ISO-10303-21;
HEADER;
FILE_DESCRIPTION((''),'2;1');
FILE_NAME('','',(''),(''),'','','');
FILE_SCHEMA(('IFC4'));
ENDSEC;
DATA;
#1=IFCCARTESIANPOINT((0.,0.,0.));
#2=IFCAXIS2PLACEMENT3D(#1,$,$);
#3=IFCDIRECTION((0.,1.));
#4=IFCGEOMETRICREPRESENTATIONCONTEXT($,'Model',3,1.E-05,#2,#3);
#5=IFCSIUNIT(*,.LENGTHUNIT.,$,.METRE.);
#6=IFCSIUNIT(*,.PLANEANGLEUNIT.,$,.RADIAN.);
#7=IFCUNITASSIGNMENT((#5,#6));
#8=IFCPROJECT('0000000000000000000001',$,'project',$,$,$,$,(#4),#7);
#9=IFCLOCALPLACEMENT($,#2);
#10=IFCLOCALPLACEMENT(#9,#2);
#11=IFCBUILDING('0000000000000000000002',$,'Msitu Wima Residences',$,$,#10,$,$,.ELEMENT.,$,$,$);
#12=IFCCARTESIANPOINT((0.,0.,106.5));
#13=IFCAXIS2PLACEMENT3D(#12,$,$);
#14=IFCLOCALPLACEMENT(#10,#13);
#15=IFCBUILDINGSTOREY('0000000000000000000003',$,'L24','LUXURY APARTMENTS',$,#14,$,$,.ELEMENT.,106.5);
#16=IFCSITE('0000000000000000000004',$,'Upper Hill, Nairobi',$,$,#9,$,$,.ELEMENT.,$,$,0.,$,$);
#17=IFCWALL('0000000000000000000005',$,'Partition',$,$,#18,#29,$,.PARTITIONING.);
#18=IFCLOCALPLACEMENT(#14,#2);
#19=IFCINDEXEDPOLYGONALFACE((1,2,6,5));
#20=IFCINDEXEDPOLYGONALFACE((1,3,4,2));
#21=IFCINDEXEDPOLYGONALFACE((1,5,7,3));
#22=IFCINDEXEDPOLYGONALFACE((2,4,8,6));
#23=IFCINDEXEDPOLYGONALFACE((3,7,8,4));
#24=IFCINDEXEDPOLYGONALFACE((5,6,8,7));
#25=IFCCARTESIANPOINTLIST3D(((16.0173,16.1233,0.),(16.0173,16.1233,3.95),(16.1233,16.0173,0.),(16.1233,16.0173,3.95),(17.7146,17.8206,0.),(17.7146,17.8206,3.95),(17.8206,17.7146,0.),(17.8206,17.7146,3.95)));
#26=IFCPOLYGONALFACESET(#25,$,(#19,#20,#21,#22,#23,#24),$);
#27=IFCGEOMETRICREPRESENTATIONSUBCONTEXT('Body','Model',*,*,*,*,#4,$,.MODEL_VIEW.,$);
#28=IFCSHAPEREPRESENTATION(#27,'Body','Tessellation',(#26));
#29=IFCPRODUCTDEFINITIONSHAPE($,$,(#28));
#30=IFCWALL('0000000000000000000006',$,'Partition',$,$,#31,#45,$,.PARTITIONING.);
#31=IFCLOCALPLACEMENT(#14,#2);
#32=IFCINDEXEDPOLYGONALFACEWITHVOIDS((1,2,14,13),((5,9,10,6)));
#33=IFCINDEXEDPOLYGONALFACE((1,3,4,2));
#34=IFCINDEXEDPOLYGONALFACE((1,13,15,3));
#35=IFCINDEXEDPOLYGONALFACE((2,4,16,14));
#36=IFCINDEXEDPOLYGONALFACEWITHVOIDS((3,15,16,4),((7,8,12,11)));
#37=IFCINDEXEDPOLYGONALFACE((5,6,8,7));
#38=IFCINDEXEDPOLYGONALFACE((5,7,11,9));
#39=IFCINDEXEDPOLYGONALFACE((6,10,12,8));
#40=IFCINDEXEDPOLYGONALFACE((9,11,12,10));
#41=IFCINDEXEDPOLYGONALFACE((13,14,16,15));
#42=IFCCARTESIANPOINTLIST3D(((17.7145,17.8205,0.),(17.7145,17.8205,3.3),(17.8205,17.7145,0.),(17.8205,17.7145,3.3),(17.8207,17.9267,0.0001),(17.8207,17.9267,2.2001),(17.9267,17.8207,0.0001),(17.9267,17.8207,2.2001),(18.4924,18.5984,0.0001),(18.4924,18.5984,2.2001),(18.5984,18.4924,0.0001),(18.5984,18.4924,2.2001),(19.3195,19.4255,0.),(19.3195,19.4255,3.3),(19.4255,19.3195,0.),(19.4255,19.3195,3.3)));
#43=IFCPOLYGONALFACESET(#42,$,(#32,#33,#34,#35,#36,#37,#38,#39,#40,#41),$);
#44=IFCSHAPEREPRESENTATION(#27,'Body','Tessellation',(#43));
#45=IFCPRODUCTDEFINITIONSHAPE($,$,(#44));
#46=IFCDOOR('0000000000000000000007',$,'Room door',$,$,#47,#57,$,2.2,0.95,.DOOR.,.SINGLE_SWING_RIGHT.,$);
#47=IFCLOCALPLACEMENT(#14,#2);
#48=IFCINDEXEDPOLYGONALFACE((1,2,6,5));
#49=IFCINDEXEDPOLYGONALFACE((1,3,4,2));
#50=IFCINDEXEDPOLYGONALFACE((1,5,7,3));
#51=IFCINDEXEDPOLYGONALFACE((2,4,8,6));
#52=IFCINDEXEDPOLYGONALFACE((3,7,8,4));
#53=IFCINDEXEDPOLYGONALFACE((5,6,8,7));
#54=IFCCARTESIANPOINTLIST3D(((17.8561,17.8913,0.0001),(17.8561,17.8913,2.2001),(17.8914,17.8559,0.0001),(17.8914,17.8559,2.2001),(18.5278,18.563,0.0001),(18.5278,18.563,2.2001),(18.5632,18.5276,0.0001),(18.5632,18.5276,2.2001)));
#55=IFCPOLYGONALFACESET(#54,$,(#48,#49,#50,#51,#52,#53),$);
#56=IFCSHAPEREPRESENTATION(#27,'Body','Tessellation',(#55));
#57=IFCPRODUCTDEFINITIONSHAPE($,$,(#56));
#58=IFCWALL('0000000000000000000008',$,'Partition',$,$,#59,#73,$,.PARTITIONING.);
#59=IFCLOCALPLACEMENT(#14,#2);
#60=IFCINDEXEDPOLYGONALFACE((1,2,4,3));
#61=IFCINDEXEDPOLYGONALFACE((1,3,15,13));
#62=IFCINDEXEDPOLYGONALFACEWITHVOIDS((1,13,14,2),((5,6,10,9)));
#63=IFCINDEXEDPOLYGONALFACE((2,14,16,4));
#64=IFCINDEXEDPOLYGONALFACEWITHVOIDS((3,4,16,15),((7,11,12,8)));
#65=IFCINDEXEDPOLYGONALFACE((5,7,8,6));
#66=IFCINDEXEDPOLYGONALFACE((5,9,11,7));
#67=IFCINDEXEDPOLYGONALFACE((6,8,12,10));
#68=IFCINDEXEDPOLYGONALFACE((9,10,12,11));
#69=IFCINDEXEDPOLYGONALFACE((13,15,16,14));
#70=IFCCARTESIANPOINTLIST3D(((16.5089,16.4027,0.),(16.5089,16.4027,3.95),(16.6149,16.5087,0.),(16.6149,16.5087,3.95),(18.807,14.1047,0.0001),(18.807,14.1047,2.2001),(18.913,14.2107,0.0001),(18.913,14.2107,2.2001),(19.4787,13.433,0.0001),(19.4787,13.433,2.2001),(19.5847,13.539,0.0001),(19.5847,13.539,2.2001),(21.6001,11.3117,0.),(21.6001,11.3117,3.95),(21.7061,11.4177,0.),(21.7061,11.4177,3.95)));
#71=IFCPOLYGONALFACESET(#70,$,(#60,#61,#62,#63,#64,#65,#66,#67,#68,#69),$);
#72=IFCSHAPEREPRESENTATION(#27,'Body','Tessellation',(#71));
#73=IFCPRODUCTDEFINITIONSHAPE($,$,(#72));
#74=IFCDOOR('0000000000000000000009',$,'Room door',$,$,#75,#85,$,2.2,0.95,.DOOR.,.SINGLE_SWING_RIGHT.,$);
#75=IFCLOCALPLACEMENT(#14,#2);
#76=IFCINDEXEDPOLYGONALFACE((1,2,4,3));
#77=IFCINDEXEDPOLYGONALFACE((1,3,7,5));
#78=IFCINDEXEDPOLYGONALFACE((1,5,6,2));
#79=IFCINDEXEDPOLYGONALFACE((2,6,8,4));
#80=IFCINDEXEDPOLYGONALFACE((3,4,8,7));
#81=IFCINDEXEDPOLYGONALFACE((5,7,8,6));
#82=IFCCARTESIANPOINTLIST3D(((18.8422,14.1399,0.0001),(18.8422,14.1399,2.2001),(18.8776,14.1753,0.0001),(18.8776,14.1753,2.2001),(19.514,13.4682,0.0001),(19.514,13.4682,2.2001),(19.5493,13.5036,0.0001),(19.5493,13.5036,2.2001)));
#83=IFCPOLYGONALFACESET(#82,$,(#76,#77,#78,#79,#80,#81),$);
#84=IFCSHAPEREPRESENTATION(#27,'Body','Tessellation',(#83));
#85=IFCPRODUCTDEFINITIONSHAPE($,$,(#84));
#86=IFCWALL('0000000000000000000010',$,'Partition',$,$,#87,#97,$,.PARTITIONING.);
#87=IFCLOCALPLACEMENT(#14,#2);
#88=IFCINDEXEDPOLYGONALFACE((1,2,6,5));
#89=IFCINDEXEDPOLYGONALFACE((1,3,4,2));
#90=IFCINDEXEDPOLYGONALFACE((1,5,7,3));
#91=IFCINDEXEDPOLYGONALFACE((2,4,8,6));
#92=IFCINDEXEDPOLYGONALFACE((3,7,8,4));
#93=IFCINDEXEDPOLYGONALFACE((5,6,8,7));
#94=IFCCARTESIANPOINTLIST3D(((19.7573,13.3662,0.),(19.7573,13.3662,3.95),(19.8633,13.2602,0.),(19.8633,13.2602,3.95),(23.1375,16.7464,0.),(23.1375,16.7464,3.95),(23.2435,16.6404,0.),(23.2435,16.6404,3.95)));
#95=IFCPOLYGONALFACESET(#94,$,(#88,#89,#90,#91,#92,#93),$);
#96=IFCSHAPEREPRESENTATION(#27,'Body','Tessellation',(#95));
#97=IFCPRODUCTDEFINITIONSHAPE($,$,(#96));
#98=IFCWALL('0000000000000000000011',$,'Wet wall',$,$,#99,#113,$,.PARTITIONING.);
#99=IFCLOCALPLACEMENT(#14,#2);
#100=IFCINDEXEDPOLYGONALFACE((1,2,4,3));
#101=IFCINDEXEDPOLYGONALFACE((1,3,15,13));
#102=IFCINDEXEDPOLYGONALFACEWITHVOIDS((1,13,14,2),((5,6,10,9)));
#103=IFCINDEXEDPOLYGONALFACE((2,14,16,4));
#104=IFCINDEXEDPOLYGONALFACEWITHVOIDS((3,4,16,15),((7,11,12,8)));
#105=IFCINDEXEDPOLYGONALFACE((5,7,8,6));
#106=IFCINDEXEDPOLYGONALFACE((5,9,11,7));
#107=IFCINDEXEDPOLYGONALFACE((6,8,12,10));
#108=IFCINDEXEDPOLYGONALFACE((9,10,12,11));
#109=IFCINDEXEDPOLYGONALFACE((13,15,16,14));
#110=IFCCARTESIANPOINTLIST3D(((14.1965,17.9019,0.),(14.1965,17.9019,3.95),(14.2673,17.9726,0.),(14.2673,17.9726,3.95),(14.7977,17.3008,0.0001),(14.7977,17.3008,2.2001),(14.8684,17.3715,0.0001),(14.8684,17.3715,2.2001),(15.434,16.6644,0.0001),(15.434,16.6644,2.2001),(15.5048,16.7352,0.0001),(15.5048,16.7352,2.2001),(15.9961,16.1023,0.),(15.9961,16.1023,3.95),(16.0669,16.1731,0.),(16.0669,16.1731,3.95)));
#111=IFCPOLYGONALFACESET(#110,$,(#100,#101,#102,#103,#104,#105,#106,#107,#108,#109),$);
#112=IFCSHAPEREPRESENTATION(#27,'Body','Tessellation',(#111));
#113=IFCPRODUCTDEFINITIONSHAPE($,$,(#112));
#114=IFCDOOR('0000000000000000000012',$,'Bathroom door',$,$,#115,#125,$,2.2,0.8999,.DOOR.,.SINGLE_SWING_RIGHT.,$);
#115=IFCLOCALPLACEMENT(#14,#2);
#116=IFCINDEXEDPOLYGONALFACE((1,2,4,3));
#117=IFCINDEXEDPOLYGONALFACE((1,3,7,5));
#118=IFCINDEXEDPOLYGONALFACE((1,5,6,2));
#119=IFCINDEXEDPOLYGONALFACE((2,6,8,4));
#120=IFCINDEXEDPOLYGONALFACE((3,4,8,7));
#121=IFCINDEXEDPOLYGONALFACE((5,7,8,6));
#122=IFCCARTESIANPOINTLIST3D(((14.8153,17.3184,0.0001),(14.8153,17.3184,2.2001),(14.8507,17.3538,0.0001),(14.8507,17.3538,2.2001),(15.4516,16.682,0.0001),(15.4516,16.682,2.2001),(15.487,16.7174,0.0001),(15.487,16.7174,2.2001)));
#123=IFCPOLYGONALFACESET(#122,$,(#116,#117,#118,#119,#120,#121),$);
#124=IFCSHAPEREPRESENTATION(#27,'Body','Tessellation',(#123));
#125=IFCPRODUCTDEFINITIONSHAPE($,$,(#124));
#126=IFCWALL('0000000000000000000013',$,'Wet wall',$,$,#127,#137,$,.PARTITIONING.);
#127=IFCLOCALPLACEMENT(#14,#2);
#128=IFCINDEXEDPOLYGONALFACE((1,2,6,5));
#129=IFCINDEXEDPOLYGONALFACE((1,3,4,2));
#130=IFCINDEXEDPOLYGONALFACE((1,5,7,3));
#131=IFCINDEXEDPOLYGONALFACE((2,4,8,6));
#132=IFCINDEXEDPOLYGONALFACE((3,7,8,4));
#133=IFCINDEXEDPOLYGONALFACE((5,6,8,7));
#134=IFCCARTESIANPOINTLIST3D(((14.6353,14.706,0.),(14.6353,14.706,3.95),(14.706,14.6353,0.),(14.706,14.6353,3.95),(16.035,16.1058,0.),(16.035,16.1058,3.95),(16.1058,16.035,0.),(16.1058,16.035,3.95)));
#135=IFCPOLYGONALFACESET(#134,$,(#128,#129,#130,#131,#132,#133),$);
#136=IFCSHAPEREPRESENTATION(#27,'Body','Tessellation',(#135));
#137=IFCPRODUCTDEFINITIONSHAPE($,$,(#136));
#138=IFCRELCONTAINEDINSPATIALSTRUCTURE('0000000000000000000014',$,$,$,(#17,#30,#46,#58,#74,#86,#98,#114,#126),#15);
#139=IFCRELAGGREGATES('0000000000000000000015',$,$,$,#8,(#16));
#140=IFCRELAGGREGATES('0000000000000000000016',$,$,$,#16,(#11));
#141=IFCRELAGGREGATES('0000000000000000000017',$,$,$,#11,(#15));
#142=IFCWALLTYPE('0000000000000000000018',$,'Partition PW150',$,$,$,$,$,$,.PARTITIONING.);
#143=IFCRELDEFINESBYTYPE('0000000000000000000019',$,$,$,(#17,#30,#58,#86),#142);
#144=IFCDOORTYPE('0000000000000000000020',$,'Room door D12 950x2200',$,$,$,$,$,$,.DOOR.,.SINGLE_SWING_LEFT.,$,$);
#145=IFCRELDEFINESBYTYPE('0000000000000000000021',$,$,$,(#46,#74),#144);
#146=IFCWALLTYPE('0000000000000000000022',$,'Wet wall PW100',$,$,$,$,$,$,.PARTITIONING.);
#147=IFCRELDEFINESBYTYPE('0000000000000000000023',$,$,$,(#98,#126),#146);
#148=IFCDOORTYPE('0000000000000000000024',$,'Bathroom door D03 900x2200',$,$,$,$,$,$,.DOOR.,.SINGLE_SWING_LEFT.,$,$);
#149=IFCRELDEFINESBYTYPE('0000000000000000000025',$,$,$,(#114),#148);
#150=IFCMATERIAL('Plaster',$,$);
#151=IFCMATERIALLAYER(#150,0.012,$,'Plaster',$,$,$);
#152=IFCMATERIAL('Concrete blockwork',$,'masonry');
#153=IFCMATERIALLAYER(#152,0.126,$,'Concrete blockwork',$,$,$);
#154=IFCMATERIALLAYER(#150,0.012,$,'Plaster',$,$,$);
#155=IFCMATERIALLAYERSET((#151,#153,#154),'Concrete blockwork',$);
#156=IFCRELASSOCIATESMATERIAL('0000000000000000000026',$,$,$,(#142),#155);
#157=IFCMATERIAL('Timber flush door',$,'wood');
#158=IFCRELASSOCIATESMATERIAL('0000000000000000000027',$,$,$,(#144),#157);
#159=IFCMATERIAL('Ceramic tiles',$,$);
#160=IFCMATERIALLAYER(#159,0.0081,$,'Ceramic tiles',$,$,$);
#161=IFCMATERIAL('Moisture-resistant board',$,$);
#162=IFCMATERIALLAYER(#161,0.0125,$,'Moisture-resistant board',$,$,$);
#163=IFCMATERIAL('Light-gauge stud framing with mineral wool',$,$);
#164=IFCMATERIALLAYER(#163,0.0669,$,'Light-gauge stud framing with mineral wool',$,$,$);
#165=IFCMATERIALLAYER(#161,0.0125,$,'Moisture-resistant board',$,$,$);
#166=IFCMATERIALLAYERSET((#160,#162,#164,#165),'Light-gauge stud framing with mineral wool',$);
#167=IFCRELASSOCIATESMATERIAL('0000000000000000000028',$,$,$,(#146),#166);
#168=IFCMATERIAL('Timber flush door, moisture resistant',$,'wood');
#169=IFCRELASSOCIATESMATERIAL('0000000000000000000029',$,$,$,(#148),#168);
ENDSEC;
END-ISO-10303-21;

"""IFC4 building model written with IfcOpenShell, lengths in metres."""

from ifc_helpers import new_model, si_unit, direction, frame, frame_2d, origin, place, context, subcontext, project, spatial, rectangle, extrude, material, layer, layer_set, type_object, element, fill, save


model = new_model("IFC4")

# Units and contexts
model_context = context("Model", 3, precision=1e-05, world=origin(), true_north=direction((0.0, 1.0)))
body_context = subcontext(model_context, "Body", "Model", "MODEL_VIEW")
ifc_project = project(units=[si_unit("LENGTHUNIT", "METRE"), si_unit("PLANEANGLEUNIT", "RADIAN")], contexts=[model_context])

# Site, building, storey
site_placement = place(None, origin())
site = spatial("IfcSite", under=ifc_project, at=site_placement, Name="Upper Hill, Nairobi", CompositionType="ELEMENT", RefElevation=0.0)
building_placement = place(site_placement, origin())
building = spatial("IfcBuilding", under=site, at=building_placement, Name="Msitu Wima Residences", CompositionType="ELEMENT")
storey_placement = place(building_placement, frame((0.0, 0.0, 106.5)))
storey = spatial("IfcBuildingStorey", under=building, at=storey_placement, Name="L24", Description="LUXURY APARTMENTS", CompositionType="ELEMENT", Elevation=106.5)

# Wall
ifc_material_1 = material(Name="Plaster")
ifc_layer_1 = layer(ifc_material_1, 0.012, Name="Plaster")
ifc_material_2 = material(Name="Concrete blockwork", Category="masonry")
ifc_layer_2 = layer(ifc_material_2, 0.126, Name="Concrete blockwork")
ifc_layer_3 = layer(ifc_material_1, 0.012, Name="Plaster")
ifc_layer_set_1 = layer_set([ifc_layer_1, ifc_layer_2, ifc_layer_3], Name="Concrete blockwork")
wall_type_1 = type_object("IfcWallType", Name="Partition PW150", PredefinedType="PARTITIONING", material=ifc_layer_set_1)
wall_1_placement = place(storey_placement, frame((16.0703, 16.0703, 0.0), z_axis=(0.0, 0.0, 1.0), x_axis=(0.707107, 0.707107, 0.0)))
element("IfcWall", 1, at=wall_1_placement, inside=storey, type_object=wall_type_1, Name="Partition", PredefinedType="PARTITIONING", context=body_context, shape_type="SweptSolid", body=[
    extrude(rectangle(XDim=2.4004, YDim=0.1499, at=frame_2d((1.2002, 0.0))), origin(), (0.0, 0.0, 1.0), 3.95),
])

# Walls, openings, doors
wall_2_placement = place(storey_placement, frame((17.7676, 17.7676, 0.0), z_axis=(0.0, 0.0, 1.0), x_axis=(0.707107, 0.707107, 0.0)))
wall_2 = element("IfcWall", 2, at=wall_2_placement, inside=storey, type_object=wall_type_1, Name="Partition", PredefinedType="PARTITIONING", context=body_context, shape_type="SweptSolid", body=[
    extrude(rectangle(XDim=2.2698, YDim=0.1499, at=frame_2d((1.1348, 0.0))), origin(), (0.0, 0.0, 1.0), 3.3),
])
opening_1_placement = place(wall_2_placement, frame((0.1499, 0.0, 0.0)))
opening_1 = element("IfcOpeningElement", 3, at=opening_1_placement, cuts=wall_2, PredefinedType="OPENING", context=body_context, shape_type="SweptSolid", body=[
    extrude(rectangle(XDim=0.95, YDim=2.2, at=frame_2d((0.4751, 1.1001))), frame((0.0, 0.085, 0.0), z_axis=(0.0, -1.0, 0.0), x_axis=(1.0, 0.0, 0.0)), (0.0, 0.0, 1.0), 0.1699),
])
ifc_material_3 = material(Name="Timber flush door", Category="wood")
door_type_1 = type_object("IfcDoorType", Name="Room door D12 950x2200", OperationType="SINGLE_SWING_LEFT", PredefinedType="DOOR", material=ifc_material_3)
door_1_placement = place(opening_1_placement, origin())
door_1 = element("IfcDoor", 4, at=door_1_placement, inside=storey, type_object=door_type_1, Name="Room door", OperationType="SINGLE_SWING_RIGHT", OverallHeight=2.2, OverallWidth=0.95, PredefinedType="DOOR", context=body_context, shape_type="SweptSolid", body=[
    extrude(rectangle(XDim=0.95, YDim=2.2, at=frame_2d((0.4751, 1.1001))), frame((0.0, 0.0249, 0.0), z_axis=(0.0, -1.0, 0.0), x_axis=(1.0, 0.0, 0.0)), (0.0, 0.0, 1.0), 0.05),
])
fill(opening_1, door_1)
wall_3_placement = place(storey_placement, frame((16.5618, 16.4558, 0.0), z_axis=(0.0, 0.0, 1.0), x_axis=(0.707124, -0.70709, 0.0)))
wall_3 = element("IfcWall", 5, at=wall_3_placement, inside=storey, type_object=wall_type_1, Name="Partition", PredefinedType="PARTITIONING", context=body_context, shape_type="SweptSolid", body=[
    extrude(rectangle(XDim=7.2, YDim=0.1499, at=frame_2d((3.6001, 0.0))), origin(), (0.0, 0.0, 1.0), 3.95),
])
opening_2_placement = place(wall_3_placement, frame((3.25, 0.0, 0.0)))
opening_2 = element("IfcOpeningElement", 6, at=opening_2_placement, cuts=wall_3, PredefinedType="OPENING", context=body_context, shape_type="SweptSolid", body=[
    extrude(rectangle(XDim=0.95, YDim=2.2, at=frame_2d((0.4751, 1.1001))), frame((0.0, 0.085, 0.0), z_axis=(0.0, -1.0, 0.0), x_axis=(1.0, 0.0, 0.0)), (0.0, 0.0, 1.0), 0.1699),
])
door_2_placement = place(opening_2_placement, origin())
door_2 = element("IfcDoor", 7, at=door_2_placement, inside=storey, type_object=door_type_1, Name="Room door", OperationType="SINGLE_SWING_RIGHT", OverallHeight=2.2, OverallWidth=0.95, PredefinedType="DOOR", context=body_context, shape_type="SweptSolid", body=[
    extrude(rectangle(XDim=0.95, YDim=2.2, at=frame_2d((0.4751, 1.1001))), frame((0.0, 0.0249, 0.0), z_axis=(0.0, -1.0, 0.0), x_axis=(1.0, 0.0, 0.0)), (0.0, 0.0, 1.0), 0.05),
])
fill(opening_2, door_2)

# Wall
wall_4_placement = place(storey_placement, frame((19.8103, 13.3132, 0.0), z_axis=(0.0, 0.0, 1.0), x_axis=(0.707107, 0.707107, 0.0)))
element("IfcWall", 8, at=wall_4_placement, inside=storey, type_object=wall_type_1, Name="Partition", PredefinedType="PARTITIONING", context=body_context, shape_type="SweptSolid", body=[
    extrude(rectangle(XDim=4.7803, YDim=0.1499, at=frame_2d((2.3901, 0.0))), origin(), (0.0, 0.0, 1.0), 3.95),
])

# Wall, opening, door
ifc_material_4 = material(Name="Ceramic tiles")
ifc_layer_4 = layer(ifc_material_4, 0.0081, Name="Ceramic tiles")
ifc_material_5 = material(Name="Moisture-resistant board")
ifc_layer_5 = layer(ifc_material_5, 0.0125, Name="Moisture-resistant board")
ifc_material_6 = material(Name="Light-gauge stud framing with mineral wool")
ifc_layer_6 = layer(ifc_material_6, 0.0669, Name="Light-gauge stud framing with mineral wool")
ifc_layer_7 = layer(ifc_material_5, 0.0125, Name="Moisture-resistant board")
ifc_layer_set_2 = layer_set([ifc_layer_4, ifc_layer_5, ifc_layer_6, ifc_layer_7], Name="Light-gauge stud framing with mineral wool")
wall_type_2 = type_object("IfcWallType", Name="Wet wall PW100", PredefinedType="PARTITIONING", material=ifc_layer_set_2)
wall_5_placement = place(storey_placement, frame((14.2319, 17.9373, 0.0), z_axis=(0.0, 0.0, 1.0), x_axis=(0.707107, -0.707107, 0.0)))
wall_5 = element("IfcWall", 9, at=wall_5_placement, inside=storey, type_object=wall_type_2, Name="Wet wall", PredefinedType="PARTITIONING", context=body_context, shape_type="SweptSolid", body=[
    extrude(rectangle(XDim=2.5449, YDim=0.1001, at=frame_2d((1.2725, 0.0))), origin(), (0.0, 0.0, 1.0), 3.95),
])
opening_3_placement = place(wall_5_placement, frame((0.8501, 0.0, 0.0)))
opening_3 = element("IfcOpeningElement", 10, at=opening_3_placement, cuts=wall_5, PredefinedType="OPENING", context=body_context, shape_type="SweptSolid", body=[
    extrude(rectangle(XDim=0.8999, YDim=2.2, at=frame_2d((0.45, 1.1001))), frame((0.0, 0.0601, 0.0), z_axis=(0.0, -1.0, 0.0), x_axis=(1.0, 0.0, 0.0)), (0.0, 0.0, 1.0), 0.1201),
])
ifc_material_7 = material(Name="Timber flush door, moisture resistant", Category="wood")
door_type_2 = type_object("IfcDoorType", Name="Bathroom door D03 900x2200", OperationType="SINGLE_SWING_LEFT", PredefinedType="DOOR", material=ifc_material_7)
door_3_placement = place(opening_3_placement, origin())
door_3 = element("IfcDoor", 11, at=door_3_placement, inside=storey, type_object=door_type_2, Name="Bathroom door", OperationType="SINGLE_SWING_RIGHT", OverallHeight=2.2, OverallWidth=0.8999, PredefinedType="DOOR", context=body_context, shape_type="SweptSolid", body=[
    extrude(rectangle(XDim=0.8999, YDim=2.2, at=frame_2d((0.45, 1.1001))), frame((0.0, 0.0249, 0.0), z_axis=(0.0, -1.0, 0.0), x_axis=(1.0, 0.0, 0.0)), (0.0, 0.0, 1.0), 0.05),
])
fill(opening_3, door_3)

# Wall
wall_6_placement = place(storey_placement, frame((14.6707, 14.6707, 0.0), z_axis=(0.0, 0.0, 1.0), x_axis=(0.707107, 0.707107, 0.0)))
element("IfcWall", 12, at=wall_6_placement, inside=storey, type_object=wall_type_2, Name="Wet wall", PredefinedType="PARTITIONING", context=body_context, shape_type="SweptSolid", body=[
    extrude(rectangle(XDim=1.9795, YDim=0.1001, at=frame_2d((0.9897, 0.0))), origin(), (0.0, 0.0, 1.0), 3.95),
])

save(model, "model.ifc")
